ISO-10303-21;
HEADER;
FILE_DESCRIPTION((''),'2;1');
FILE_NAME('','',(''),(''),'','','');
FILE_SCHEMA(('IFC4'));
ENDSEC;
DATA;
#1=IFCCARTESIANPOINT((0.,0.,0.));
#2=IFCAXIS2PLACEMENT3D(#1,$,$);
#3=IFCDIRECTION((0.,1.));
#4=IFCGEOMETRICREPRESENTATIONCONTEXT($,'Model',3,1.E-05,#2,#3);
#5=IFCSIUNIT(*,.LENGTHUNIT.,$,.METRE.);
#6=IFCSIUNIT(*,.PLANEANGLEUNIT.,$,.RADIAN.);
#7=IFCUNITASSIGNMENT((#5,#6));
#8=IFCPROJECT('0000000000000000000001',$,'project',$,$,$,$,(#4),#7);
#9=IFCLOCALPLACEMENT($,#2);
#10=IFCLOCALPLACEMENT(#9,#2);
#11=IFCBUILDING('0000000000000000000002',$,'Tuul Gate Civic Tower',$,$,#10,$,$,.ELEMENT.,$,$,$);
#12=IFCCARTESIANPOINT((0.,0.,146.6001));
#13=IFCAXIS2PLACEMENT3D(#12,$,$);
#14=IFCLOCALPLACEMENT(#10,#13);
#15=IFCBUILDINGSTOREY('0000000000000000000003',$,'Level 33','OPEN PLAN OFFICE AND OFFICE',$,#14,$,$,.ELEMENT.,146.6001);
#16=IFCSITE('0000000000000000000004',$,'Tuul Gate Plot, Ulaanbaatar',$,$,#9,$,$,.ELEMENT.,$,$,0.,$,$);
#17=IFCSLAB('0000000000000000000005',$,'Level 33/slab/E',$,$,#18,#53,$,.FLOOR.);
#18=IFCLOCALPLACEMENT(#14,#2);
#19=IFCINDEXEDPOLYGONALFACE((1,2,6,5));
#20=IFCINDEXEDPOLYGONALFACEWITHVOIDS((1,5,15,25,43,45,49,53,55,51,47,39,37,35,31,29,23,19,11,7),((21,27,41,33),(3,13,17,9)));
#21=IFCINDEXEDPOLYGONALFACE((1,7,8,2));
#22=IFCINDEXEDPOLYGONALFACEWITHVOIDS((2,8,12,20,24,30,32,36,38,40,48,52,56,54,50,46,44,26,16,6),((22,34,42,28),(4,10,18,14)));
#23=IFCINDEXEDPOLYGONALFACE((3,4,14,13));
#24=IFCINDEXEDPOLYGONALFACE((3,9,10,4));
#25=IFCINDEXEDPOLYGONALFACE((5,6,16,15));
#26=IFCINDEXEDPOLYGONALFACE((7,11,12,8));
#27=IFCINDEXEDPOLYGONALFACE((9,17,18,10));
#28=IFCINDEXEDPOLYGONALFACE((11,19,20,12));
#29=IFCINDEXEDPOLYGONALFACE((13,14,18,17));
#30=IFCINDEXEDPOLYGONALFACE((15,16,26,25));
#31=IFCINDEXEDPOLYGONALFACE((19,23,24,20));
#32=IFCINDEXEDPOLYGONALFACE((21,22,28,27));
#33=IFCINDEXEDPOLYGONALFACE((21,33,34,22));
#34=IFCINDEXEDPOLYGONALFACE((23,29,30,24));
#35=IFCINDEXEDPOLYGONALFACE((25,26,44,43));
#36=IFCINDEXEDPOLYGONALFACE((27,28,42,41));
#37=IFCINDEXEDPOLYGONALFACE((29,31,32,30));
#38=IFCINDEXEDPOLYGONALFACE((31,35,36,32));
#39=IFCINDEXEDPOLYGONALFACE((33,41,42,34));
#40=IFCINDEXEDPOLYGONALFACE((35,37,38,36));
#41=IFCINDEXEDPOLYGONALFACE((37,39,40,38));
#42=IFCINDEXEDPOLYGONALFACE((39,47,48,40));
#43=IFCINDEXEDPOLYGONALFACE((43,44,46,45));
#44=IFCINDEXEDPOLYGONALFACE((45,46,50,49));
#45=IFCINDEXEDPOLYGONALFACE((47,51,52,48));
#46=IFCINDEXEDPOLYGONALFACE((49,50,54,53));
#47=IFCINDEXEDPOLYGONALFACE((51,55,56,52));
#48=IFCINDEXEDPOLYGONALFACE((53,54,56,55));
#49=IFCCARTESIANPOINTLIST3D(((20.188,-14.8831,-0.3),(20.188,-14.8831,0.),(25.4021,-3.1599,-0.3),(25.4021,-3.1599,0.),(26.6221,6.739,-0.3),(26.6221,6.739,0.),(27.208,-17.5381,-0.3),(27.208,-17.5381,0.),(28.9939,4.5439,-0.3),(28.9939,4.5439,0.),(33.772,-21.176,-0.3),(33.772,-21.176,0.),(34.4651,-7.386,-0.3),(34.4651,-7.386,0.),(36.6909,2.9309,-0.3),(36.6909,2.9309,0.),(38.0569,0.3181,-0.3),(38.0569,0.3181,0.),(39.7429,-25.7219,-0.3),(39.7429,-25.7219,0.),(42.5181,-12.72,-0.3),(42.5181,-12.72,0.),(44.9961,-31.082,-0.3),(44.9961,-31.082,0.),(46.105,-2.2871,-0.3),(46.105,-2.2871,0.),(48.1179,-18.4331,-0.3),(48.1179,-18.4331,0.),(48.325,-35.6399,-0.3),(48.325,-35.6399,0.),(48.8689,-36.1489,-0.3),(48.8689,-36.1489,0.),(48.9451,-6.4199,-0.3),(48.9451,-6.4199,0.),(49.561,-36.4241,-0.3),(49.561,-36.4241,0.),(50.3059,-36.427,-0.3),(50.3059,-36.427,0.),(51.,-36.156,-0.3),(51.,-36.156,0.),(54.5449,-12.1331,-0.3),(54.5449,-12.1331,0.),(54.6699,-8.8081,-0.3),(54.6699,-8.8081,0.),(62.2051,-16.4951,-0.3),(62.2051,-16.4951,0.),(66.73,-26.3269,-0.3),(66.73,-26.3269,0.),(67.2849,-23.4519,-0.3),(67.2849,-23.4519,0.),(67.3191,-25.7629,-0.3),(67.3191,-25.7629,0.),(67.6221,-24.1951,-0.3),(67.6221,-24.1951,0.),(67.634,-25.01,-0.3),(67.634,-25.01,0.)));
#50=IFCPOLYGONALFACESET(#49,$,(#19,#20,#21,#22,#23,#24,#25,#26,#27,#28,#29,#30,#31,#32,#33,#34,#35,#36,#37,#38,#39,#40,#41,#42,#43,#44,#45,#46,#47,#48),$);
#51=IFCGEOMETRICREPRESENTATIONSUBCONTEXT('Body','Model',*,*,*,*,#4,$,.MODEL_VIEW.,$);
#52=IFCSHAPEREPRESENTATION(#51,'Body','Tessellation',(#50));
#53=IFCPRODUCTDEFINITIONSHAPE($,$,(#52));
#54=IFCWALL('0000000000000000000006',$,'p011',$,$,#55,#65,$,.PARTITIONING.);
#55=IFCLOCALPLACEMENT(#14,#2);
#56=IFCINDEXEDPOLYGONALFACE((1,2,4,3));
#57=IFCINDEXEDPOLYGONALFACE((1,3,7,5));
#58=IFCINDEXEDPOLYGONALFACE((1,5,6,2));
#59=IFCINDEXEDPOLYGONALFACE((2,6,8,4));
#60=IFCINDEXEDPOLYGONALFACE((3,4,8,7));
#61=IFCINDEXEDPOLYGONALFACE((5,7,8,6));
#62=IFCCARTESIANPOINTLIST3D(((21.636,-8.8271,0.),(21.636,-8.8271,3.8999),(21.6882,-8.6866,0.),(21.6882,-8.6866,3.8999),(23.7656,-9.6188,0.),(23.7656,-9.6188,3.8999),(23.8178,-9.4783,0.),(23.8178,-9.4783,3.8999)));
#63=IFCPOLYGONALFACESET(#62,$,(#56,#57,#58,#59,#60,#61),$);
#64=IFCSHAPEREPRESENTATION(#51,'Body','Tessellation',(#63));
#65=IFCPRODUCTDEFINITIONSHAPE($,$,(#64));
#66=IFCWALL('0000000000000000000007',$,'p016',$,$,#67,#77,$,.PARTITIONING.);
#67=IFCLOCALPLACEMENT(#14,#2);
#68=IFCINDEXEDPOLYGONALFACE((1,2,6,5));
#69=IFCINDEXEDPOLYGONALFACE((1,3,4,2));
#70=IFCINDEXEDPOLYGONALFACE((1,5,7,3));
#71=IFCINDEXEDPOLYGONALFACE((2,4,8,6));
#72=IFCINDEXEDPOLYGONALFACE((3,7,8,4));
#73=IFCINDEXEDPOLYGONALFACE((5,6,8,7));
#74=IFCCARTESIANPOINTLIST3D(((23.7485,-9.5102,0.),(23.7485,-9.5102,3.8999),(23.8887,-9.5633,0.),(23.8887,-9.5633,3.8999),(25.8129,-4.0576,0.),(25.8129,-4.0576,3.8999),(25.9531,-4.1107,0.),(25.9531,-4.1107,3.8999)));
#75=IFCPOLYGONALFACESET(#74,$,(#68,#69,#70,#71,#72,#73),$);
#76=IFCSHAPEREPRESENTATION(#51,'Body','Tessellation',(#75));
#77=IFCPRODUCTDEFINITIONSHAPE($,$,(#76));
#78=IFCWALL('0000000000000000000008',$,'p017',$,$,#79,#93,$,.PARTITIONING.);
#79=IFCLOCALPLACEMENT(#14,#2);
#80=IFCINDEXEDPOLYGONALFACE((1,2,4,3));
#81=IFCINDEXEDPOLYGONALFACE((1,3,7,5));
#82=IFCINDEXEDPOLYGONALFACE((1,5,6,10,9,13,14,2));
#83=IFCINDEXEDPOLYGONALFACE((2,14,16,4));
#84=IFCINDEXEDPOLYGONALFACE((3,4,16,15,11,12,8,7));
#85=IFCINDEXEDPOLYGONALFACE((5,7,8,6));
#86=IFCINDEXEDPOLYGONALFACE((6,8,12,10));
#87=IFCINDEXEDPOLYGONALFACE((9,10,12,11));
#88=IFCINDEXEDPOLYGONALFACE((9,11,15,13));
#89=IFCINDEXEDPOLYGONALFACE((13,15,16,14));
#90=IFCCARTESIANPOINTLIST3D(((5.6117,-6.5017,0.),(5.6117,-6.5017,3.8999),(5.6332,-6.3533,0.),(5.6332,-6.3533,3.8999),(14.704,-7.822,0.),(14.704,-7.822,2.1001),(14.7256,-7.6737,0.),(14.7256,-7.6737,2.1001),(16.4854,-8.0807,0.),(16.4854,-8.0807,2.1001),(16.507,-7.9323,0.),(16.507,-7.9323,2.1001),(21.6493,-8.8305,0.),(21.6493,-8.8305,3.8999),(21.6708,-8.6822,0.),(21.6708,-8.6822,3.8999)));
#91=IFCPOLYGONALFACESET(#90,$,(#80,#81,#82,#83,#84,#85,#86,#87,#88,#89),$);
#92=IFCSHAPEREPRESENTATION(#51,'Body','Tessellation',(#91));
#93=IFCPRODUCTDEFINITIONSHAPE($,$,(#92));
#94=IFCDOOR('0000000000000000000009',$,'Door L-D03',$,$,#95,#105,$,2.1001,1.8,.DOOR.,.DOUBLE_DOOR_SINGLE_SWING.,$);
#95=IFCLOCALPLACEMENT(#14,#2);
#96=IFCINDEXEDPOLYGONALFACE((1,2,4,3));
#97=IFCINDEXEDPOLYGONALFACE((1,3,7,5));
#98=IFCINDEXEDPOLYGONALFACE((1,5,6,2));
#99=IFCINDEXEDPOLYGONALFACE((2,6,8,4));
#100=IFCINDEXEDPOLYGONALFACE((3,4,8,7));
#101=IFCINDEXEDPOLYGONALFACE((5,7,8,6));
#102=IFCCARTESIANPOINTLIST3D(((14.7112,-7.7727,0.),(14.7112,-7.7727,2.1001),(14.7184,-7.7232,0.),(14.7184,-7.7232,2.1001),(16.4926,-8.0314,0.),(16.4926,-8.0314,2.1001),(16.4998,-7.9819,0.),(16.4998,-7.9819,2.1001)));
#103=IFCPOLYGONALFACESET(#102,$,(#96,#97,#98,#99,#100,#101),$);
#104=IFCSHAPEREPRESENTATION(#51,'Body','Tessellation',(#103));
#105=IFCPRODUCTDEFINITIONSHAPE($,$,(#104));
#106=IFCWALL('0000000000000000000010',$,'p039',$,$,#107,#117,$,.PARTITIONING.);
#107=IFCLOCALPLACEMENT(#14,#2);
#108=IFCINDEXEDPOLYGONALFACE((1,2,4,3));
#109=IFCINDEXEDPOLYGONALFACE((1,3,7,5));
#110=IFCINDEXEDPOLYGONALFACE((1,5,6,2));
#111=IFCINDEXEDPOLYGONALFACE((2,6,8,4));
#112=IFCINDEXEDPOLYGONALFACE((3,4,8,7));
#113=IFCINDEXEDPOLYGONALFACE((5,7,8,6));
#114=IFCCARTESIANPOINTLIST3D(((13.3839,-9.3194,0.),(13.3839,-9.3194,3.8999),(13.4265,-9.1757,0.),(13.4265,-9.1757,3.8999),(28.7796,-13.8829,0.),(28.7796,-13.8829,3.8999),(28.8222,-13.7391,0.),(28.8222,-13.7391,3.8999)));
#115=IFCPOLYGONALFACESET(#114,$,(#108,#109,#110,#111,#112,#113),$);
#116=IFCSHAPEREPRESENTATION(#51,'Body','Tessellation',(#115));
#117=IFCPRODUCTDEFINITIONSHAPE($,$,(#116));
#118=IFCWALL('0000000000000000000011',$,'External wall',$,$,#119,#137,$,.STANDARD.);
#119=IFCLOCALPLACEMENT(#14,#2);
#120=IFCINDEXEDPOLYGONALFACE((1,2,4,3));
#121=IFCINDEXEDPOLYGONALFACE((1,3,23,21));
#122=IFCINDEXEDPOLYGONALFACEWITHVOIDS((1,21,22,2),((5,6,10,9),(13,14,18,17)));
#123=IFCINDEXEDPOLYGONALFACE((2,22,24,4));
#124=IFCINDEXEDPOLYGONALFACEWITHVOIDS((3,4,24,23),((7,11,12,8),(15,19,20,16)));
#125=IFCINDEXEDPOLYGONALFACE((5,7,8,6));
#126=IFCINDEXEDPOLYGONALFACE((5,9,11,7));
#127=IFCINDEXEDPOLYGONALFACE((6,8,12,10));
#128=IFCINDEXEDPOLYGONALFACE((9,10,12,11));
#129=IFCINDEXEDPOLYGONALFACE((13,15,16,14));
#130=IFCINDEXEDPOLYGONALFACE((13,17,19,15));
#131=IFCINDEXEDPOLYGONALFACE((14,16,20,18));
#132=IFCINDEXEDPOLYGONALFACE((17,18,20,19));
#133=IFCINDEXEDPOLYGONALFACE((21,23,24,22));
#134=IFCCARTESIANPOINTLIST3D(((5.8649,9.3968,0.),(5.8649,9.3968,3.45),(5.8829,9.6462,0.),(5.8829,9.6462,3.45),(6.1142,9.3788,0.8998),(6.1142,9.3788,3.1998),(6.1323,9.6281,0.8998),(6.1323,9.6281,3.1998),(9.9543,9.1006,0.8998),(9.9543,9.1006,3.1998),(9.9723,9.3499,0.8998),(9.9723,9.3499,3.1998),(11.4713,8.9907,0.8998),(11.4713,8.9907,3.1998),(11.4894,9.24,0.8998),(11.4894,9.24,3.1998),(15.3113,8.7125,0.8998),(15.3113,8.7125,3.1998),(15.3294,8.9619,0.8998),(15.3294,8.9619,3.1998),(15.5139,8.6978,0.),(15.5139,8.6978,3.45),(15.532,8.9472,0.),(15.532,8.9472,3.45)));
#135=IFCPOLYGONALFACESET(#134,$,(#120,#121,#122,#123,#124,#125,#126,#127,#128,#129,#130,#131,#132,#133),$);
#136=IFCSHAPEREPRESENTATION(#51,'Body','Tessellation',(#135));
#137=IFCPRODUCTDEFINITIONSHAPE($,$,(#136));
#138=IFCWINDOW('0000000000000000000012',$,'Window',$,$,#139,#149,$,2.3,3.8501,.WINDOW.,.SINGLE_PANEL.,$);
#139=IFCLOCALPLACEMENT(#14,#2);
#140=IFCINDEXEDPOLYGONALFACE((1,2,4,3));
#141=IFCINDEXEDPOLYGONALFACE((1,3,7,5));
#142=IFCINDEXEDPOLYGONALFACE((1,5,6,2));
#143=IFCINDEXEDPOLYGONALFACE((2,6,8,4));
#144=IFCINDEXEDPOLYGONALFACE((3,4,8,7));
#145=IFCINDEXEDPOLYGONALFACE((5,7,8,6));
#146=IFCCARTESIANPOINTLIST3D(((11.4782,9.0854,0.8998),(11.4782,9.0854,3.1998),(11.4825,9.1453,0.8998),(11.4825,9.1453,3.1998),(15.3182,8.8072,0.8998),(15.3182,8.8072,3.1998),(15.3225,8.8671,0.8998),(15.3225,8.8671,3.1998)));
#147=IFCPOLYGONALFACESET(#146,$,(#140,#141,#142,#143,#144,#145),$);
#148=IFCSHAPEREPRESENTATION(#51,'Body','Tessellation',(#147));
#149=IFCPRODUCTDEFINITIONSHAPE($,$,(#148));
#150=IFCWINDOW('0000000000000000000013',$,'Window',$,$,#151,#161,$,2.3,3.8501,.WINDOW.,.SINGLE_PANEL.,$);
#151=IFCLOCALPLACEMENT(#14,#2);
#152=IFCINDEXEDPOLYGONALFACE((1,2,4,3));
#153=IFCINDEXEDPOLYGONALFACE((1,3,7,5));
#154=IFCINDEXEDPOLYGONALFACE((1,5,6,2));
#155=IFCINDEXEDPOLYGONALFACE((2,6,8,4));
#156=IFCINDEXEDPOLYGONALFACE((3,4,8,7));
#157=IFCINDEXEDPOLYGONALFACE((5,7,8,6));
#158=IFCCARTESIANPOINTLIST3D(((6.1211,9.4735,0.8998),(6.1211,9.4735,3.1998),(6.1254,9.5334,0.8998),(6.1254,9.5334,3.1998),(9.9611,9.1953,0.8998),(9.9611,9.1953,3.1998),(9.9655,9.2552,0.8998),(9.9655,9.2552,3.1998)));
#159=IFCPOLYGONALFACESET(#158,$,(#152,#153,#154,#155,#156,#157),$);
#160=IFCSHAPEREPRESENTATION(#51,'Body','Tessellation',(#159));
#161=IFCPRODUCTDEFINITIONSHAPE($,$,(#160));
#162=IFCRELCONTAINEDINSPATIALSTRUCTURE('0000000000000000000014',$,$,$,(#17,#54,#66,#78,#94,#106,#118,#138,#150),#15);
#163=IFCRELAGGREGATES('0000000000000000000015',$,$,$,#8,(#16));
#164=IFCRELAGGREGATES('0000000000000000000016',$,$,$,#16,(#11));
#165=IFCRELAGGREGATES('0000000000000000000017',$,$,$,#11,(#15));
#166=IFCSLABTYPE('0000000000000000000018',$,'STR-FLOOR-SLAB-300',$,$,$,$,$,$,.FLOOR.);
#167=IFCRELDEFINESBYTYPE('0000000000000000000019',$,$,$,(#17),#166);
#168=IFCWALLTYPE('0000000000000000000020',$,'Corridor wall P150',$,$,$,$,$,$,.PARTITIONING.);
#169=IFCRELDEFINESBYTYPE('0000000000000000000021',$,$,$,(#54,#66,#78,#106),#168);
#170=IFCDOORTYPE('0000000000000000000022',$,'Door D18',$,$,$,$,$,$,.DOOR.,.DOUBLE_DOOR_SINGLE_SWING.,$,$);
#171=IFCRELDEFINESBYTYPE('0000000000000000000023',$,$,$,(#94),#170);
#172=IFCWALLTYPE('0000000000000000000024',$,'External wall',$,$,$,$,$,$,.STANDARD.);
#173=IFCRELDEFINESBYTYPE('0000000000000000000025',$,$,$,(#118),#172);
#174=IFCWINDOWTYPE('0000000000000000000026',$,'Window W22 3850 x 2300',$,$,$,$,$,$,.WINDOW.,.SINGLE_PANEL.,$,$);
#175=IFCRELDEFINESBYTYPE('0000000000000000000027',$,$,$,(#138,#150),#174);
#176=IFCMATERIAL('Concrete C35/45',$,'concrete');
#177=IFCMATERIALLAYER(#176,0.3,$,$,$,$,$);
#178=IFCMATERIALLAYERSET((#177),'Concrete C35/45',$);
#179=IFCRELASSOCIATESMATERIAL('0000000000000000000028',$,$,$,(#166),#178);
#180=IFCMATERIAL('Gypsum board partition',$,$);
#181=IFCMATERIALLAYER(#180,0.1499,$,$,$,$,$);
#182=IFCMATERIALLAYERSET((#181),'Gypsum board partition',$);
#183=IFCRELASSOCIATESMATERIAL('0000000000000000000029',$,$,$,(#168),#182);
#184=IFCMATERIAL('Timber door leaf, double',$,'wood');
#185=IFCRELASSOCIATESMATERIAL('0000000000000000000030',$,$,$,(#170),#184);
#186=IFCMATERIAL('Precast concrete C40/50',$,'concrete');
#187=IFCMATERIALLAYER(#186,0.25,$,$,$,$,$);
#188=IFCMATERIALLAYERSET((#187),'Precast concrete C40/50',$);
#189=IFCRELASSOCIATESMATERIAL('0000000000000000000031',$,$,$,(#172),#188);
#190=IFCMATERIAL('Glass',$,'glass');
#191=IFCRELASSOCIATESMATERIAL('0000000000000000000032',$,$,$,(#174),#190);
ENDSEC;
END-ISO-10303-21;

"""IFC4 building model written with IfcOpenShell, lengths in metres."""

from ifc_helpers import new_model, si_unit, direction, frame, frame_2d, origin, place, context, subcontext, project, spatial, polyline, rectangle, outline, extrude, material, layer, layer_set, type_object, element, fill, save


model = new_model("IFC4")

# Units and contexts
model_context = context("Model", 3, precision=1e-05, world=origin(), true_north=direction((0.0, 1.0)))
body_context = subcontext(model_context, "Body", "Model", "MODEL_VIEW")
ifc_project = project(units=[si_unit("LENGTHUNIT", "METRE"), si_unit("PLANEANGLEUNIT", "RADIAN")], contexts=[model_context])

# Site, building, storey
site_placement = place(None, origin())
site = spatial("IfcSite", under=ifc_project, at=site_placement, Name="Tuul Gate Plot, Ulaanbaatar", CompositionType="ELEMENT", RefElevation=0.0)
building_placement = place(site_placement, origin())
building = spatial("IfcBuilding", under=site, at=building_placement, Name="Tuul Gate Civic Tower", CompositionType="ELEMENT")
storey_placement = place(building_placement, frame((0.0, 0.0, 146.6001)))
storey = spatial("IfcBuildingStorey", under=building, at=storey_placement, Name="Level 33", Description="OPEN PLAN OFFICE AND OFFICE", CompositionType="ELEMENT", Elevation=146.6001)

# Slab
ifc_material_1 = material(Name="Concrete C35/45", Category="concrete")
ifc_layer_1 = layer(ifc_material_1, 0.3)
ifc_layer_set_1 = layer_set([ifc_layer_1], Name="Concrete C35/45")
slab_type_1 = type_object("IfcSlabType", Name="STR-FLOOR-SLAB-300", PredefinedType="FLOOR", material=ifc_layer_set_1)
slab_1_placement = place(storey_placement, frame((0.0, 0.0, -0.3)))
element("IfcSlab", 1, at=slab_1_placement, inside=storey, type_object=slab_type_1, Name="Level 33/slab/E", PredefinedType="FLOOR", context=body_context, shape_type="SweptSolid", body=[
    extrude(outline(polyline([(50.3059, -36.427), (51.0, -36.156), (66.73, -26.3269), (67.3191, -25.7629), (67.634, -25.01), (67.6221, -24.1951), (67.2849, -23.4519), (62.2051, -16.4951), (54.6699, -8.8081), (46.105, -2.2871), (36.6909, 2.9309), (26.6221, 6.739), (20.188, -14.8831), (27.208, -17.5381), (33.772, -21.176), (39.7429, -25.7219), (44.9961, -31.082), (48.325, -35.6399), (48.8689, -36.1489), (49.561, -36.4241), (50.3059, -36.427)]), holes=[polyline([(48.1179, -18.4331), (42.5181, -12.72), (48.9451, -6.4199), (54.5449, -12.1331), (48.1179, -18.4331)]), polyline([(25.4021, -3.1599), (28.9939, 4.5439), (38.0569, 0.3181), (34.4651, -7.386), (25.4021, -3.1599)])]), origin(), (0.0, 0.0, 1.0), 0.3),
])

# Walls
ifc_material_2 = material(Name="Gypsum board partition")
ifc_layer_2 = layer(ifc_material_2, 0.1499)
ifc_layer_set_2 = layer_set([ifc_layer_2], Name="Gypsum board partition")
wall_type_1 = type_object("IfcWallType", Name="Corridor wall P150", PredefinedType="PARTITIONING", material=ifc_layer_set_2)
wall_1_placement = place(storey_placement, frame((21.6621, -8.7568, 0.0), z_axis=(0.0, 0.0, 1.0), x_axis=(0.937319, -0.348472, 0.0)))
element("IfcWall", 2, at=wall_1_placement, inside=storey, type_object=wall_type_1, Name="p011", PredefinedType="PARTITIONING", context=body_context, shape_type="SweptSolid", body=[
    extrude(rectangle(XDim=2.272, YDim=0.1499, at=frame_2d((1.136, 0.0))), origin(), (0.0, 0.0, 1.0), 3.8999),
])
wall_2_placement = place(storey_placement, frame((23.8186, -9.5366, 0.0), z_axis=(0.0, 0.0, 1.0), x_axis=(0.354086, 0.935213, 0.0)))
element("IfcWall", 3, at=wall_2_placement, inside=storey, type_object=wall_type_1, Name="p016", PredefinedType="PARTITIONING", context=body_context, shape_type="SweptSolid", body=[
    extrude(rectangle(XDim=5.8303, YDim=0.1499, at=frame_2d((2.915, 0.0))), origin(), (0.0, 0.0, 1.0), 3.8999),
])

# Wall, opening, door
wall_3_placement = place(storey_placement, frame((5.6223, -6.4275, 0.0), z_axis=(0.0, 0.0, 1.0), x_axis=(0.989621, -0.143705, 0.0)))
wall_3 = element("IfcWall", 4, at=wall_3_placement, inside=storey, type_object=wall_type_1, Name="p017", PredefinedType="PARTITIONING", context=body_context, shape_type="SweptSolid", body=[
    extrude(rectangle(XDim=16.2058, YDim=0.1499, at=frame_2d((8.103, 0.0))), origin(), (0.0, 0.0, 1.0), 3.8999),
])
opening_1_placement = place(wall_3_placement, frame((9.188, 0.0, 0.0)))
opening_1 = element("IfcOpeningElement", 5, at=opening_1_placement, cuts=wall_3, PredefinedType="OPENING", context=body_context, shape_type="SweptSolid", body=[
    extrude(rectangle(XDim=1.8, YDim=2.1001, at=frame_2d((0.8999, 1.05))), frame((0.0, 0.085, 0.0), z_axis=(0.0, -1.0, 0.0), x_axis=(1.0, 0.0, 0.0)), (0.0, 0.0, 1.0), 0.1699),
])
ifc_material_3 = material(Name="Timber door leaf, double", Category="wood")
door_type = type_object("IfcDoorType", Name="Door D18", OperationType="DOUBLE_DOOR_SINGLE_SWING", PredefinedType="DOOR", material=ifc_material_3)
door_placement = place(opening_1_placement, origin())
door = element("IfcDoor", 6, at=door_placement, inside=storey, type_object=door_type, Name="Door L-D03", OperationType="DOUBLE_DOOR_SINGLE_SWING", OverallHeight=2.1001, OverallWidth=1.8, PredefinedType="DOOR", context=body_context, shape_type="SweptSolid", body=[
    extrude(rectangle(XDim=1.8, YDim=2.1001, at=frame_2d((0.8999, 1.05))), frame((0.0, 0.0249, 0.0), z_axis=(0.0, -1.0, 0.0), x_axis=(1.0, 0.0, 0.0)), (0.0, 0.0, 1.0), 0.05),
])
fill(opening_1, door)

# Wall
wall_4_placement = place(storey_placement, frame((13.4053, -9.2476, 0.0), z_axis=(0.0, 0.0, 1.0), x_axis=(0.958768, -0.28419, 0.0)))
element("IfcWall", 7, at=wall_4_placement, inside=storey, type_object=wall_type_1, Name="p039", PredefinedType="PARTITIONING", context=body_context, shape_type="SweptSolid", body=[
    extrude(rectangle(XDim=16.0579, YDim=0.1499, at=frame_2d((8.0288, 0.0))), origin(), (0.0, 0.0, 1.0), 3.8999),
])

# Wall, openings, windows
ifc_material_4 = material(Name="Precast concrete C40/50", Category="concrete")
ifc_layer_3 = layer(ifc_material_4, 0.25)
ifc_layer_set_3 = layer_set([ifc_layer_3], Name="Precast concrete C40/50")
wall_type_2 = type_object("IfcWallType", Name="External wall", PredefinedType="STANDARD", material=ifc_layer_set_3)
wall_5_placement = place(storey_placement, frame((15.5229, 8.8225, 0.0), z_axis=(0.0, 0.0, 1.0), x_axis=(-0.997386, 0.072251, 0.0)))
wall_5 = element("IfcWall", 8, at=wall_5_placement, inside=storey, type_object=wall_type_2, Name="External wall", PredefinedType="STANDARD", context=body_context, shape_type="SweptSolid", body=[
    extrude(rectangle(XDim=9.6743, YDim=0.25, at=frame_2d((4.8372, 0.0))), origin(), (0.0, 0.0, 1.0), 3.45),
])
opening_2_placement = place(wall_5_placement, frame((0.2031, 0.0, 0.8999)))
opening_2 = element("IfcOpeningElement", 9, at=opening_2_placement, cuts=wall_5, PredefinedType="OPENING", context=body_context, shape_type="SweptSolid", body=[
    extrude(rectangle(XDim=3.8501, YDim=2.3, at=frame_2d((1.925, 1.1499))), frame((0.0, 0.135, 0.0), z_axis=(0.0, -1.0, 0.0), x_axis=(1.0, 0.0, 0.0)), (0.0, 0.0, 1.0), 0.27),
])
opening_3_placement = place(wall_5_placement, frame((5.5742, 0.0, 0.8999)))
opening_3 = element("IfcOpeningElement", 10, at=opening_3_placement, cuts=wall_5, PredefinedType="OPENING", context=body_context, shape_type="SweptSolid", body=[
    extrude(rectangle(XDim=3.8501, YDim=2.3, at=frame_2d((1.925, 1.1499))), frame((0.0, 0.135, 0.0), z_axis=(0.0, -1.0, 0.0), x_axis=(1.0, 0.0, 0.0)), (0.0, 0.0, 1.0), 0.27),
])
ifc_material_5 = material(Name="Glass", Category="glass")
window_type = type_object("IfcWindowType", Name="Window W22 3850 x 2300", PartitioningType="SINGLE_PANEL", PredefinedType="WINDOW", material=ifc_material_5)
window_1_placement = place(opening_2_placement, origin())
window_1 = element("IfcWindow", 11, at=window_1_placement, inside=storey, type_object=window_type, Name="Window", OverallHeight=2.3, OverallWidth=3.8501, PartitioningType="SINGLE_PANEL", PredefinedType="WINDOW", context=body_context, shape_type="SweptSolid", body=[
    extrude(rectangle(XDim=3.8501, YDim=2.3, at=frame_2d((1.925, 1.1499))), frame((0.0, 0.03, 0.0), z_axis=(0.0, -1.0, 0.0), x_axis=(1.0, 0.0, 0.0)), (0.0, 0.0, 1.0), 0.0601),
])
fill(opening_2, window_1)
window_2_placement = place(opening_3_placement, origin())
window_2 = element("IfcWindow", 12, at=window_2_placement, inside=storey, type_object=window_type, Name="Window", OverallHeight=2.3, OverallWidth=3.8501, PartitioningType="SINGLE_PANEL", PredefinedType="WINDOW", context=body_context, shape_type="SweptSolid", body=[
    extrude(rectangle(XDim=3.8501, YDim=2.3, at=frame_2d((1.925, 1.1499))), frame((0.0, 0.03, 0.0), z_axis=(0.0, -1.0, 0.0), x_axis=(1.0, 0.0, 0.0)), (0.0, 0.0, 1.0), 0.0601),
])
fill(opening_3, window_2)

save(model, "model.ifc")
